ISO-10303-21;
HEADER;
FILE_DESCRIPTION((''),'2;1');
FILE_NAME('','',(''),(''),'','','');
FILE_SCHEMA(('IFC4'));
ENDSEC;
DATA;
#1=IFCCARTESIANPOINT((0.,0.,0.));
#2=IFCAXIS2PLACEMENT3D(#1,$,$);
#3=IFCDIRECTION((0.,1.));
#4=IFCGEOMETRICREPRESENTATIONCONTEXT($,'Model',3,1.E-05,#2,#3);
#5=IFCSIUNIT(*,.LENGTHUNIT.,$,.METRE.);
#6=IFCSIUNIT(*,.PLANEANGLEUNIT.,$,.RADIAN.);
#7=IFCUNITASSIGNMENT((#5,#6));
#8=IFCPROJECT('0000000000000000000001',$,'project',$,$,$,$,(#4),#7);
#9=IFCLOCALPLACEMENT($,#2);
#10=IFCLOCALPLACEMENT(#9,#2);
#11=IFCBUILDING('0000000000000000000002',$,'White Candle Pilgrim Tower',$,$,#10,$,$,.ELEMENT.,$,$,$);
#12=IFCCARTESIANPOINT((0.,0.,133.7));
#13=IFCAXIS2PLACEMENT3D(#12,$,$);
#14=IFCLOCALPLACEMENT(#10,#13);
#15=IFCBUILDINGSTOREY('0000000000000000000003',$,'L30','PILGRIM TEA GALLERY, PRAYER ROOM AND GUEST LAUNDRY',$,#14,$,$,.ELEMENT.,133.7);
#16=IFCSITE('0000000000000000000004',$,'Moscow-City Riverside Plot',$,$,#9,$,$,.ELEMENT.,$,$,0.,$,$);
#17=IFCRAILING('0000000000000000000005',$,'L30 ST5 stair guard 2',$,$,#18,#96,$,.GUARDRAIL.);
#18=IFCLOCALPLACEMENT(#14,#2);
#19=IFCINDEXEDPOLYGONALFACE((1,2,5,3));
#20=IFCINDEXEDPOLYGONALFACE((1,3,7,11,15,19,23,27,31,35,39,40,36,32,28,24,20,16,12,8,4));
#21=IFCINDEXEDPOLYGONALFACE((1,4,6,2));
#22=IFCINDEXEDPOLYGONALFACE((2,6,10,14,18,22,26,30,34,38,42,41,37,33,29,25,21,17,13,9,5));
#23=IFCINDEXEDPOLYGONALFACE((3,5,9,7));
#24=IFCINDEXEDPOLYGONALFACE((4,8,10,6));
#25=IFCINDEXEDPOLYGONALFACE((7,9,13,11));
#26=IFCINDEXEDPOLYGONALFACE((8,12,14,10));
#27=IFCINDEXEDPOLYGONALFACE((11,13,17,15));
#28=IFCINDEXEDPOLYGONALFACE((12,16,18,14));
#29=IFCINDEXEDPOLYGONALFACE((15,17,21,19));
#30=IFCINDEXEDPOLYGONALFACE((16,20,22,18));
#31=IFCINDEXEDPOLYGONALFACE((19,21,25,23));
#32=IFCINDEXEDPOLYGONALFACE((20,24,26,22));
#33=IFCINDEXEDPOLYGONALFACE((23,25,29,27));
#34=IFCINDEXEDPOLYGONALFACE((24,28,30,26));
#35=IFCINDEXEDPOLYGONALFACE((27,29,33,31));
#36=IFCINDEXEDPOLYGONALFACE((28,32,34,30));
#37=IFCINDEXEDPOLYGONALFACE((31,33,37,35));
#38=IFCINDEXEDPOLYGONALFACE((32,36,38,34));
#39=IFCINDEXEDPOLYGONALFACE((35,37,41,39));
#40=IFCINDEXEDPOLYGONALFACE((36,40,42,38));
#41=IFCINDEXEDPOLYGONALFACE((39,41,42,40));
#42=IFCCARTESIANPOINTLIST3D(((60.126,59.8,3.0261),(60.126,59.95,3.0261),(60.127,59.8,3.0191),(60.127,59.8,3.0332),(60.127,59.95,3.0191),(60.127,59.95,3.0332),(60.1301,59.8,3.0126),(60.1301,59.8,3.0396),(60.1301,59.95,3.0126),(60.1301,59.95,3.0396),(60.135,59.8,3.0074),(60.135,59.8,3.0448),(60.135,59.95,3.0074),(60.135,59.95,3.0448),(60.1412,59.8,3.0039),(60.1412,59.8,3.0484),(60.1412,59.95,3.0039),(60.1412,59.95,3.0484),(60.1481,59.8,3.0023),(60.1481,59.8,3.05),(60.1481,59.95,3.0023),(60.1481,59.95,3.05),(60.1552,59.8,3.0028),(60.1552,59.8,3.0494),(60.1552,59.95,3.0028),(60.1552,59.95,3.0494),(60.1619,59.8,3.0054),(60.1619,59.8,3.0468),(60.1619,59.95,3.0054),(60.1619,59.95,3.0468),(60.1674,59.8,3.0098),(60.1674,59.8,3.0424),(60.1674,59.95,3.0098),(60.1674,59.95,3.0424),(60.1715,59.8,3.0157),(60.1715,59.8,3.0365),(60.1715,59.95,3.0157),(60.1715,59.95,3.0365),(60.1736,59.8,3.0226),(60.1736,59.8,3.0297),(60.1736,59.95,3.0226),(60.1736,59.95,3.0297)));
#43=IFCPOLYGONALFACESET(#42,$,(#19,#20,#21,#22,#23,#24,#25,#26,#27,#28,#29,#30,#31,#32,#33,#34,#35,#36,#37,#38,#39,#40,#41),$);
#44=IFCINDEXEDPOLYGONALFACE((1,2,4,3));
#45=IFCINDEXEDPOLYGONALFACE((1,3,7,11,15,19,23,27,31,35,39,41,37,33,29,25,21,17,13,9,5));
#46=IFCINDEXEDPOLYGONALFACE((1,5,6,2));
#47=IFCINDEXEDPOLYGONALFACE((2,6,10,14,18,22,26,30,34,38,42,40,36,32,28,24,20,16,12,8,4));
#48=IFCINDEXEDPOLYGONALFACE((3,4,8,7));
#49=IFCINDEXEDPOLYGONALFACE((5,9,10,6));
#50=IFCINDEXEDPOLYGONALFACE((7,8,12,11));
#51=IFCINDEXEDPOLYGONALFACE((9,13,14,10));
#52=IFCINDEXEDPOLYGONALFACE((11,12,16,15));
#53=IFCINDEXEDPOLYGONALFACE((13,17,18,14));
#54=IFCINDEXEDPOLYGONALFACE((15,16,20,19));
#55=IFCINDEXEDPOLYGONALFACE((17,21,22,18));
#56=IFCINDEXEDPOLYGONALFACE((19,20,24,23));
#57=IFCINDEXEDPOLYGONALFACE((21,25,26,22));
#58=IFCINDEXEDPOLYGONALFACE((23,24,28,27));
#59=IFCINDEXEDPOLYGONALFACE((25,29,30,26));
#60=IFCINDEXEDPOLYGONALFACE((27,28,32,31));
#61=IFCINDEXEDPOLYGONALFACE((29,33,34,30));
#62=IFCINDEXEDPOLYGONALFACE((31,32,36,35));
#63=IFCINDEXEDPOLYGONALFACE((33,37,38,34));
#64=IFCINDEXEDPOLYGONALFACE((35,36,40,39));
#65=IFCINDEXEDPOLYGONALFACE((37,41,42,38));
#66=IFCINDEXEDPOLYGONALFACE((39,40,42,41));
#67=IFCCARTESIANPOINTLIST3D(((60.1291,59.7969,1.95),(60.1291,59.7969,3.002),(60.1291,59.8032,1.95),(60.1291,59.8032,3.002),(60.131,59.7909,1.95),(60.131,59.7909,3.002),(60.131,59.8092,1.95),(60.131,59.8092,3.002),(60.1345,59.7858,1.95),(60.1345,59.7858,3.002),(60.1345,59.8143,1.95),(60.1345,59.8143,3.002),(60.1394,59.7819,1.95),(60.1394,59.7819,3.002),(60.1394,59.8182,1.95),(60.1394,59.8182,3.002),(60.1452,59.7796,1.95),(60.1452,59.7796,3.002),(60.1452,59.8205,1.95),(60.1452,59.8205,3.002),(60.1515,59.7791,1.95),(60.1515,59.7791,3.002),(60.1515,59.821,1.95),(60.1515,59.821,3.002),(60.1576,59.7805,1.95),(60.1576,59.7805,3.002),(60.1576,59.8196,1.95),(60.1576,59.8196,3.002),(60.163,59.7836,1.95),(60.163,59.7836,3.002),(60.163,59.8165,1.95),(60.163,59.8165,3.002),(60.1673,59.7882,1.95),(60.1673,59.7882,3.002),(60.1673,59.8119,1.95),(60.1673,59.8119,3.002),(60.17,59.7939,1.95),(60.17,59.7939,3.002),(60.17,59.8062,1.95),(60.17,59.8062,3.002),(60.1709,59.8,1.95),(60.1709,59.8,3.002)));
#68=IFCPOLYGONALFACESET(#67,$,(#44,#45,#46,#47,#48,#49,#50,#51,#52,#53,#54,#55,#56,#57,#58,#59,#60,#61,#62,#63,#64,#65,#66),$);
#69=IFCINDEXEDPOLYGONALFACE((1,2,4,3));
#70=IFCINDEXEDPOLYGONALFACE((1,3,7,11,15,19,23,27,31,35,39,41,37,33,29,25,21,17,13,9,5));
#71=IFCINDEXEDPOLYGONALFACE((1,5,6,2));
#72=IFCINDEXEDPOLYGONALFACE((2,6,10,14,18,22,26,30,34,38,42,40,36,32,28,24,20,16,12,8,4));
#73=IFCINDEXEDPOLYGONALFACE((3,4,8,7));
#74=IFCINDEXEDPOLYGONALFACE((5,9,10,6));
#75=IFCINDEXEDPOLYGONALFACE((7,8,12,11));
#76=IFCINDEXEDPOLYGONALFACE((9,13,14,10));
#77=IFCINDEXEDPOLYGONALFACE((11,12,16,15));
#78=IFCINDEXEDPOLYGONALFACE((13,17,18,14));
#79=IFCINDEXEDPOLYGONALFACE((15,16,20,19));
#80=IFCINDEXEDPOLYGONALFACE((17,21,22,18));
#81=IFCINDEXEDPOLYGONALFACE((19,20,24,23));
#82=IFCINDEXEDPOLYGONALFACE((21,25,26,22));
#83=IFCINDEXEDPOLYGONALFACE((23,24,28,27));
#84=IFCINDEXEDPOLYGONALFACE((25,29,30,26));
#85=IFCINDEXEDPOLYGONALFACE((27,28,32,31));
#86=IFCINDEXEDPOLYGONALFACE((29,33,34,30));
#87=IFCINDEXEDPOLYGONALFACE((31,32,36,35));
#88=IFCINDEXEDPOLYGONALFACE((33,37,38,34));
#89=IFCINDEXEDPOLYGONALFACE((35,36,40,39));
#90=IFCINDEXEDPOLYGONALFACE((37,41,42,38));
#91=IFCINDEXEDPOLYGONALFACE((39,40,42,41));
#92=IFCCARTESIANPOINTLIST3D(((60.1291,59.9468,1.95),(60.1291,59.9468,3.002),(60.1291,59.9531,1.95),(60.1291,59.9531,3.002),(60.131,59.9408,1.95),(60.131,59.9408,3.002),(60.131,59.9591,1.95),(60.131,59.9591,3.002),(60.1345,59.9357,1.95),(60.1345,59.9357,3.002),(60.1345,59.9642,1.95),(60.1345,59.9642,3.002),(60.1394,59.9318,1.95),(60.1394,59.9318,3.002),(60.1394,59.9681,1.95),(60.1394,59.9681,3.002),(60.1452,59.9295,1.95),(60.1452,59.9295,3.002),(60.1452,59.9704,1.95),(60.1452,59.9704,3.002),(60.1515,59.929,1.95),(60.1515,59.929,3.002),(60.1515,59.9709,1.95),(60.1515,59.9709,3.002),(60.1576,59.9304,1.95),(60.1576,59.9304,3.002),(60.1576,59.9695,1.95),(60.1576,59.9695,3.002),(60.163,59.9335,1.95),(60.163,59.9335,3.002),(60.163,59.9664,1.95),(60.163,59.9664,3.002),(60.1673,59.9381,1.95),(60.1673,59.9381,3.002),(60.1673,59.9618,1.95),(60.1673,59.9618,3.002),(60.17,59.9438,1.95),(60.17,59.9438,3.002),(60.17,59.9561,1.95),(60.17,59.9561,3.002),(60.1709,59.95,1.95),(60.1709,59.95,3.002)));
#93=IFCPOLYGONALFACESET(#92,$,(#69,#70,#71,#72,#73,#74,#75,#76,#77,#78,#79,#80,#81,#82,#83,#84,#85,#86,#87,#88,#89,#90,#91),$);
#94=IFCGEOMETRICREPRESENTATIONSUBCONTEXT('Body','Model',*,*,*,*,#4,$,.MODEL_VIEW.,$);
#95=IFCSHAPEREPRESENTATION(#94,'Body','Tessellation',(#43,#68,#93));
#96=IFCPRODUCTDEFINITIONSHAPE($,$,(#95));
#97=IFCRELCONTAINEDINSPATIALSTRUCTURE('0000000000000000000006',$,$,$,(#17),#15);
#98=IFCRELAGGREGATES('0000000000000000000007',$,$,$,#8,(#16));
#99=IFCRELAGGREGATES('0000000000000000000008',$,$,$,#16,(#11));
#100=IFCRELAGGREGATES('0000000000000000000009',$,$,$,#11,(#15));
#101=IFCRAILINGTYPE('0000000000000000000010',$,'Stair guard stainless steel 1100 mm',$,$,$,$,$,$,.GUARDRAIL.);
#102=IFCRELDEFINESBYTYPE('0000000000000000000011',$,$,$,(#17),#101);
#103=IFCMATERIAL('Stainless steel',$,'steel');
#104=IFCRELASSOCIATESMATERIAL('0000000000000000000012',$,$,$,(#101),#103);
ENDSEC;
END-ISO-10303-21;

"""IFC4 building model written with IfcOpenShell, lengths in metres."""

from ifc_helpers import new_model, si_unit, direction, frame, origin, origin_2d, place, context, subcontext, project, spatial, circle, extrude, material, type_object, element, save


model = new_model("IFC4")

# Units and contexts
model_context = context("Model", 3, precision=1e-05, world=origin(), true_north=direction((0.0, 1.0)))
body_context = subcontext(model_context, "Body", "Model", "MODEL_VIEW")
ifc_project = project(units=[si_unit("LENGTHUNIT", "METRE"), si_unit("PLANEANGLEUNIT", "RADIAN")], contexts=[model_context])

# Site, building, storey
site_placement = place(None, origin())
site = spatial("IfcSite", under=ifc_project, at=site_placement, Name="Moscow-City Riverside Plot", CompositionType="ELEMENT", RefElevation=0.0)
building_placement = place(site_placement, origin())
building = spatial("IfcBuilding", under=site, at=building_placement, Name="White Candle Pilgrim Tower", CompositionType="ELEMENT")
storey_placement = place(building_placement, frame((0.0, 0.0, 133.7)))
storey = spatial("IfcBuildingStorey", under=building, at=storey_placement, Name="L30", Description="PILGRIM TEA GALLERY, PRAYER ROOM AND GUEST LAUNDRY", CompositionType="ELEMENT", Elevation=133.7)

# Railing
ifc_material_1 = material(Name="Stainless steel", Category="steel")
railing_type_1 = type_object("IfcRailingType", Name="Stair guard stainless steel 1100 mm", PredefinedType="GUARDRAIL", material=ifc_material_1)
railing_1_placement = place(storey_placement, frame((60.1499, 59.8, 1.95)))
element("IfcRailing", 1, at=railing_1_placement, inside=storey, type_object=railing_type_1, Name="L30 ST5 stair guard 2", PredefinedType="GUARDRAIL", context=body_context, shape_type="SweptSolid", body=[
    extrude(circle(Radius=0.0239, at=origin_2d()), frame((0.0, 0.0, 1.0762), z_axis=(0.0, 1.0, 0.0), x_axis=(-1.0, 0.0, 0.0)), (0.0, 0.0, 1.0), 0.1499),
    extrude(circle(Radius=0.021, at=origin_2d()), origin(), (0.0, 0.0, 1.0), 1.052),
    extrude(circle(Radius=0.021, at=origin_2d()), frame((0.0, 0.1499, 0.0)), (0.0, 0.0, 1.0), 1.052),
])

save(model, "model.ifc")
